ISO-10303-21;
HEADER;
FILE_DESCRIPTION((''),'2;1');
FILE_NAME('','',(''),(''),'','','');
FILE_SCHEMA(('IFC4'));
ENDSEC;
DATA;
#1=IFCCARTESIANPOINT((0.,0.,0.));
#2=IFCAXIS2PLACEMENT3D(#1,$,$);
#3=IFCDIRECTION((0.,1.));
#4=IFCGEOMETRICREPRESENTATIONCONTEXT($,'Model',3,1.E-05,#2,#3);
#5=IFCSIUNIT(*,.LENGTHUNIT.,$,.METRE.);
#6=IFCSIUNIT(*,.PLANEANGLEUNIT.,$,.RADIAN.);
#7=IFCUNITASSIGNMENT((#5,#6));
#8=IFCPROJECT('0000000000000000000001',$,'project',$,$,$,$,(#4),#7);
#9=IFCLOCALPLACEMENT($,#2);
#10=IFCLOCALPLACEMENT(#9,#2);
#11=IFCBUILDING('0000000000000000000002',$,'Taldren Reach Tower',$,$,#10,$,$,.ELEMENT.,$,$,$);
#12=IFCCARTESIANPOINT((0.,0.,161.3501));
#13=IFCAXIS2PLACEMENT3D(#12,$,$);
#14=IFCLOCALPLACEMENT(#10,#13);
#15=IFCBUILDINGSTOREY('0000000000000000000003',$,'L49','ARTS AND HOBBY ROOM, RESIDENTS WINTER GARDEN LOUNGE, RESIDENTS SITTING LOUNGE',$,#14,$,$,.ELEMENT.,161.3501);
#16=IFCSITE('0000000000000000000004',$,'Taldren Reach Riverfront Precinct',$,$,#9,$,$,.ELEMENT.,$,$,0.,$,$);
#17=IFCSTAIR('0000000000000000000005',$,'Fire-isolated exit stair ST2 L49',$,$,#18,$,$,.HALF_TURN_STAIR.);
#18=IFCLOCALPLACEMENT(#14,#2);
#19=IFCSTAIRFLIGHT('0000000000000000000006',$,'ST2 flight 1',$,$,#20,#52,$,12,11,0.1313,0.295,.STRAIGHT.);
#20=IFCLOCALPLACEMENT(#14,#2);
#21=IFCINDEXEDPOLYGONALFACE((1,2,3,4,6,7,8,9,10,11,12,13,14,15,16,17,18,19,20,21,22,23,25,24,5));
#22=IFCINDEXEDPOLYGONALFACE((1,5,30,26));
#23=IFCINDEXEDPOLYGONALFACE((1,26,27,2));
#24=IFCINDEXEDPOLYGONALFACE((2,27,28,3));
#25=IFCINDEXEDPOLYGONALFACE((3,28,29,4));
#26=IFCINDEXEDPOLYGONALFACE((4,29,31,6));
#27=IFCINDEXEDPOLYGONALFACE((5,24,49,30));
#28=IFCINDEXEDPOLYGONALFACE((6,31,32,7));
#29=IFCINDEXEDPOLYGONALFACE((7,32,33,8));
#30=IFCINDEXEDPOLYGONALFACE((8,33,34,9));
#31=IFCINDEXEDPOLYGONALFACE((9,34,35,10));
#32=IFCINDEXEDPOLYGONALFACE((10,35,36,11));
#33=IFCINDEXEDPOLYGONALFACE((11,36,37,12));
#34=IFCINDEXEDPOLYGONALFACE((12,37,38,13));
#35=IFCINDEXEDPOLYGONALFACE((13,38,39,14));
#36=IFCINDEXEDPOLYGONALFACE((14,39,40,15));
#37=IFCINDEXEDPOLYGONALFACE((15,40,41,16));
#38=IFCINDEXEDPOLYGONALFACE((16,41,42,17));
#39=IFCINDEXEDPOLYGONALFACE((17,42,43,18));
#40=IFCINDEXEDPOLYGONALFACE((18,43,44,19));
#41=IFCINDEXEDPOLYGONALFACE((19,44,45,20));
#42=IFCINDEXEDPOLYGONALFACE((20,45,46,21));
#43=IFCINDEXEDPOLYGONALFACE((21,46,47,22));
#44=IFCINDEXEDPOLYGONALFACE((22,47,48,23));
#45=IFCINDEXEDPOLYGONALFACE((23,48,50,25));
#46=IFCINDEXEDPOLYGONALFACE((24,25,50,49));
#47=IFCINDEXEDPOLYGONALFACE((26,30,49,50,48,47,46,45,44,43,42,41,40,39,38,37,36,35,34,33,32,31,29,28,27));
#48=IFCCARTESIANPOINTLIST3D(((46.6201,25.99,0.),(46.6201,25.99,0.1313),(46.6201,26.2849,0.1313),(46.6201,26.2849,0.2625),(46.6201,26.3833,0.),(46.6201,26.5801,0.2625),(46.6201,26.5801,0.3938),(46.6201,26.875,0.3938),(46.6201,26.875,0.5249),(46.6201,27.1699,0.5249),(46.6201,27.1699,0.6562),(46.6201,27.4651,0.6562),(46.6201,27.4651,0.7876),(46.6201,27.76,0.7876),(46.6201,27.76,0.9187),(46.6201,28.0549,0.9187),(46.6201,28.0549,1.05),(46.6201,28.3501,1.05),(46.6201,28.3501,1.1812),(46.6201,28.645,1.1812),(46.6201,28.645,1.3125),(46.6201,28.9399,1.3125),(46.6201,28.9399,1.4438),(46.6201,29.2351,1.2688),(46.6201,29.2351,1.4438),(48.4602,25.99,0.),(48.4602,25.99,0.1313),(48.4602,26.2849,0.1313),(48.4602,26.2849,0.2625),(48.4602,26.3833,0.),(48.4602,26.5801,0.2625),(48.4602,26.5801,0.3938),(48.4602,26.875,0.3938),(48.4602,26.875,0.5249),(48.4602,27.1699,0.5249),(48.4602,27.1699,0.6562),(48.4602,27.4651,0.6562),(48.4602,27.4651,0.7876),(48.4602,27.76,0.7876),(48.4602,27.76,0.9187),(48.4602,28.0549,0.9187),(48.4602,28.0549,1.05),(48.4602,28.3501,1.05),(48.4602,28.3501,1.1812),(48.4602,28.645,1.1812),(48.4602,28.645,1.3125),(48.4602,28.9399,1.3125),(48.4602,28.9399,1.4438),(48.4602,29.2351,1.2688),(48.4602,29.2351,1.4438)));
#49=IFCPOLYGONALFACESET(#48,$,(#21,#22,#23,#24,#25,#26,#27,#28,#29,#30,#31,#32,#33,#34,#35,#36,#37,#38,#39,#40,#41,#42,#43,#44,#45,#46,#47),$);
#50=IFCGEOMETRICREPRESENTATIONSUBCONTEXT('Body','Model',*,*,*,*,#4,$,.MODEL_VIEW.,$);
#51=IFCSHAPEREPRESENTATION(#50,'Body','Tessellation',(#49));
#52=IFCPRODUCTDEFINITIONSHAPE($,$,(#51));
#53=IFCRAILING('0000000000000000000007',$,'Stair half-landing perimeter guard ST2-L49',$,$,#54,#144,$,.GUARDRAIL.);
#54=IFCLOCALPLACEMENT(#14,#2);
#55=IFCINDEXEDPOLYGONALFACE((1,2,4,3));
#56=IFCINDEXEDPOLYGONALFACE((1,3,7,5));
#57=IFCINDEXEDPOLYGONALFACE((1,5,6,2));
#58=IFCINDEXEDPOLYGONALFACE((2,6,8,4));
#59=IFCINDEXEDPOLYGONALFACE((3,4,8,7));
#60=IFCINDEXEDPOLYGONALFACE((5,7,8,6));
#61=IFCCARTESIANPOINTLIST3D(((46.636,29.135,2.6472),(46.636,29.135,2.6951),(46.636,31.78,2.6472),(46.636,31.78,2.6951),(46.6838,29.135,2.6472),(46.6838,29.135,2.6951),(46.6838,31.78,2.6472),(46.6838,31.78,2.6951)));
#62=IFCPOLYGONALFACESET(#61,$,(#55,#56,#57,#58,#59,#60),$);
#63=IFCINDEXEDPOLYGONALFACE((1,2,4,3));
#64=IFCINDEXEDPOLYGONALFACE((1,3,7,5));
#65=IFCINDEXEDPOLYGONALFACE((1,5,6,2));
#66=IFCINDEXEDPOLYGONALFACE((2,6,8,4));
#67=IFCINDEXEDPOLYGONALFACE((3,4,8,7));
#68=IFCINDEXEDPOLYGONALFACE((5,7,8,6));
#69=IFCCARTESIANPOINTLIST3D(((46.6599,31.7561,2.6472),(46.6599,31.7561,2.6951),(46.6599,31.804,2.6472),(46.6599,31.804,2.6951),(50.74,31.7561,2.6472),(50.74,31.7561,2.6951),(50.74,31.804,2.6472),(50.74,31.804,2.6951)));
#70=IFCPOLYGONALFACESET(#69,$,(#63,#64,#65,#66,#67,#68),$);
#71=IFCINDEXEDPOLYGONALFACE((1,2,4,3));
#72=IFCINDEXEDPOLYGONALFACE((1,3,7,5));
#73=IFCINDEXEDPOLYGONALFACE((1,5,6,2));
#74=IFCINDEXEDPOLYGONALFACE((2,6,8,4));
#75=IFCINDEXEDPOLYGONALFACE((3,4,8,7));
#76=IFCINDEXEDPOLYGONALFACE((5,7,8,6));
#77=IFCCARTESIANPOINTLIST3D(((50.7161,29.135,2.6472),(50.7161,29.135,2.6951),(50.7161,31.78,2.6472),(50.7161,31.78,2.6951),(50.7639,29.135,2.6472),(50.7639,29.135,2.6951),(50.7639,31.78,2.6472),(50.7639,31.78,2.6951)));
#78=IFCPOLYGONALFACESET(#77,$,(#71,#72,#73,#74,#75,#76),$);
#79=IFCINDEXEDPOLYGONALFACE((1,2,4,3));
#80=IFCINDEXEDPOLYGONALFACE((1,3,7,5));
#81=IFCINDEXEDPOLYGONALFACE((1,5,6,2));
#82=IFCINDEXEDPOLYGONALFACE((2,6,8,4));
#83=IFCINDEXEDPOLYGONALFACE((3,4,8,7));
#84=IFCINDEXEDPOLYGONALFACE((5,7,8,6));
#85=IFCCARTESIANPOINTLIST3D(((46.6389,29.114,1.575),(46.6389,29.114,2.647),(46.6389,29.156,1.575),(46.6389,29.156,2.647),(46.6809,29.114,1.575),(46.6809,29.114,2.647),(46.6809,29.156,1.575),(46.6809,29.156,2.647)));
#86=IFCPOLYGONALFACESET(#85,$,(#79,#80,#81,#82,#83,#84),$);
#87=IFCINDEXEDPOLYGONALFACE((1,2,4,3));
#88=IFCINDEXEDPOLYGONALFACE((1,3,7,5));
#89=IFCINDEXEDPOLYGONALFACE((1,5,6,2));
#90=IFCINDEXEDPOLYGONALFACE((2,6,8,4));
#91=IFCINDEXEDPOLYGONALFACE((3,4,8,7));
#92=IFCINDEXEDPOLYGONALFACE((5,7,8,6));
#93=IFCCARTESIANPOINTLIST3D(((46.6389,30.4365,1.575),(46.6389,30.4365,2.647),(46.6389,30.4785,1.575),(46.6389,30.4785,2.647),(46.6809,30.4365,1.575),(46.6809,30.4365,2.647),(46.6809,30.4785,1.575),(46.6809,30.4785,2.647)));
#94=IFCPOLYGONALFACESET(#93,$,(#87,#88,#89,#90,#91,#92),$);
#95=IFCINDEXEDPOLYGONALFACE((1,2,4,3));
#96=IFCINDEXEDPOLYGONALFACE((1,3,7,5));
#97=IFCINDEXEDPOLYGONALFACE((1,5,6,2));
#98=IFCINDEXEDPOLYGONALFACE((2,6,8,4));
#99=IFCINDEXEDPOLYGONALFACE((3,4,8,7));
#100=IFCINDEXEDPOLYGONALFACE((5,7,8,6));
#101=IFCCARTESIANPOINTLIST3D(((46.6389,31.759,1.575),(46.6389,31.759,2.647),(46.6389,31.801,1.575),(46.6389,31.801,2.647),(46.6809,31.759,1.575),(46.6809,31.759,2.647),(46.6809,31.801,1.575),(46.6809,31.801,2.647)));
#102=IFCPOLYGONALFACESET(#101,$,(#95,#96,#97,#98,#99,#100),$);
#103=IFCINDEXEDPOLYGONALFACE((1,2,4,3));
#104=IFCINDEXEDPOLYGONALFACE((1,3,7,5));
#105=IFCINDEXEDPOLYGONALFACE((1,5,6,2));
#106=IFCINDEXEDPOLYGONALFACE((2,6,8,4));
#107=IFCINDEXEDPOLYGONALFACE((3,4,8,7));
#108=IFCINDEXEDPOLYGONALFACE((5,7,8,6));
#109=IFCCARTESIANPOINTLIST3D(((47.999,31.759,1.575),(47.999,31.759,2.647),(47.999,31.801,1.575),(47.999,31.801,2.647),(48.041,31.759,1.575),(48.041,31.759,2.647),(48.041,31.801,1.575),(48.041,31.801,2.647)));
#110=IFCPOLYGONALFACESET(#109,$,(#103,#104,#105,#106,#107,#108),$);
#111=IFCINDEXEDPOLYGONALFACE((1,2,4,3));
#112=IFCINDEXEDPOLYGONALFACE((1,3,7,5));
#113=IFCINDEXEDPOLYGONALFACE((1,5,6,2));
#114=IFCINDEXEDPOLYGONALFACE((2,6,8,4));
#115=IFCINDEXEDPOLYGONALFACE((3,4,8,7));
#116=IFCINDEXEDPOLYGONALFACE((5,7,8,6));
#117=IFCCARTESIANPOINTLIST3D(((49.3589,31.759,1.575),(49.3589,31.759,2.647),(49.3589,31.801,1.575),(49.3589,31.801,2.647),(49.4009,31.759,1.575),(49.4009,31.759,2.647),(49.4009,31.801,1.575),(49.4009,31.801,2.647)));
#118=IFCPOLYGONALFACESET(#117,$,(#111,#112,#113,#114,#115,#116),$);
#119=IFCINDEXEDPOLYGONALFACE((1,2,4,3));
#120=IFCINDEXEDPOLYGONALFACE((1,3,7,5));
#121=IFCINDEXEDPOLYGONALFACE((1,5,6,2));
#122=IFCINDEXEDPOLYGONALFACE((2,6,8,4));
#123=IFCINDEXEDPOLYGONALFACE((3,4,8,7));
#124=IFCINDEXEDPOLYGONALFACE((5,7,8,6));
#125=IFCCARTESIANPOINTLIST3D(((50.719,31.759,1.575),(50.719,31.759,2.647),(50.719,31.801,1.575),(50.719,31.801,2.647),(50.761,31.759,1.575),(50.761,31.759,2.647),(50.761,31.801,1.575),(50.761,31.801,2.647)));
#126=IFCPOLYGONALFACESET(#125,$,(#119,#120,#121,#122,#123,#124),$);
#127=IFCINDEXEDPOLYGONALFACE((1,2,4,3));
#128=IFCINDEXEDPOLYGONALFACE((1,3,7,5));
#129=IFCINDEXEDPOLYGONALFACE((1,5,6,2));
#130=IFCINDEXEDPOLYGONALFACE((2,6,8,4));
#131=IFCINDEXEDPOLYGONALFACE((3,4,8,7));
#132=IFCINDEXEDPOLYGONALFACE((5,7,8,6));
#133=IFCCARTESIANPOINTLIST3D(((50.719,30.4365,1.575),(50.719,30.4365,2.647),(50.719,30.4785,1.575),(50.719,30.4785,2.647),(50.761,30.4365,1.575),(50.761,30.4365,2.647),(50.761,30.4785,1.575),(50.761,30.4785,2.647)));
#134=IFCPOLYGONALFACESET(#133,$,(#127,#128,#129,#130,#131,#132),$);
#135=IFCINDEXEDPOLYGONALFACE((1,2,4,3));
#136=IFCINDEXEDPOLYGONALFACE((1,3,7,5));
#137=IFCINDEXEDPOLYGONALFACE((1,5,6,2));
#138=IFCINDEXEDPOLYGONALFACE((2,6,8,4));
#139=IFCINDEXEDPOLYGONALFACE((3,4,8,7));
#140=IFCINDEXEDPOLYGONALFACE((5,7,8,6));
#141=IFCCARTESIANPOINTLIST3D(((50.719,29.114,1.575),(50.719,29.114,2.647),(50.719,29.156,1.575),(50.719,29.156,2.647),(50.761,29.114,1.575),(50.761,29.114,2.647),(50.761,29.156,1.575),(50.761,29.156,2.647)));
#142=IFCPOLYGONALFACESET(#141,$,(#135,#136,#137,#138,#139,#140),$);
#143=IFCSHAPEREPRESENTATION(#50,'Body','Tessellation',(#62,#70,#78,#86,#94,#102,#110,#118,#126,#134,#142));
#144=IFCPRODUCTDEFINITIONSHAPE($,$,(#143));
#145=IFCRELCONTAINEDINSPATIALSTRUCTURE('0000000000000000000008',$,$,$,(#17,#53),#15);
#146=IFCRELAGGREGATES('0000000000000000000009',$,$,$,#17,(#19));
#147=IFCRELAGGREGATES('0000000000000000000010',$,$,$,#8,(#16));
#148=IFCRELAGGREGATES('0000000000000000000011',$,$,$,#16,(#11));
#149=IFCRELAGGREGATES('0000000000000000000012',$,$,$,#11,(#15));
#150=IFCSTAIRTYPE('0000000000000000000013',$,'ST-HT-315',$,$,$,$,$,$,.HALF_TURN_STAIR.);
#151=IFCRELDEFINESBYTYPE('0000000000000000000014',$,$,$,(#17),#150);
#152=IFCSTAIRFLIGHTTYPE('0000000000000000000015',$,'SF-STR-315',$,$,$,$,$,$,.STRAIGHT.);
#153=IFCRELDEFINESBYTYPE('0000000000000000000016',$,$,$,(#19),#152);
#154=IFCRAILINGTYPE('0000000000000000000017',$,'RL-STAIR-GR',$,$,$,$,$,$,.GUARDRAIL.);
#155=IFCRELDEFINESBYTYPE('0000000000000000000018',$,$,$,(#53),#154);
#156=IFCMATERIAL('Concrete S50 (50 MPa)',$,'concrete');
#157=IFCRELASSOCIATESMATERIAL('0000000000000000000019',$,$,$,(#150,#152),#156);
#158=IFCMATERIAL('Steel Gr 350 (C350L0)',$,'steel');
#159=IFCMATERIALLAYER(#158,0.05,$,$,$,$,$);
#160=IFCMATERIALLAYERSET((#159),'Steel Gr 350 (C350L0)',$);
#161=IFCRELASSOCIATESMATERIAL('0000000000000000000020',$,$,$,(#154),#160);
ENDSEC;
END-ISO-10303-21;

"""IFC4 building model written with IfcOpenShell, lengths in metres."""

from ifc_helpers import new_model, si_unit, direction, frame, origin, origin_2d, place, context, subcontext, project, spatial, polyline, rectangle, outline, extrude, material, layer, layer_set, type_object, element, aggregate, save


model = new_model("IFC4")

# Units and contexts
model_context = context("Model", 3, precision=1e-05, world=origin(), true_north=direction((0.0, 1.0)))
body_context = subcontext(model_context, "Body", "Model", "MODEL_VIEW")
ifc_project = project(units=[si_unit("LENGTHUNIT", "METRE"), si_unit("PLANEANGLEUNIT", "RADIAN")], contexts=[model_context])

# Site, building, storey
site_placement = place(None, origin())
site = spatial("IfcSite", under=ifc_project, at=site_placement, Name="Taldren Reach Riverfront Precinct", CompositionType="ELEMENT", RefElevation=0.0)
building_placement = place(site_placement, origin())
building = spatial("IfcBuilding", under=site, at=building_placement, Name="Taldren Reach Tower", CompositionType="ELEMENT")
storey_placement = place(building_placement, frame((0.0, 0.0, 161.3501)))
storey = spatial("IfcBuildingStorey", under=building, at=storey_placement, Name="L49", Description="ARTS AND HOBBY ROOM, RESIDENTS WINTER GARDEN LOUNGE, RESIDENTS SITTING LOUNGE", CompositionType="ELEMENT", Elevation=161.3501)

# Shared definitions
ifc_material_1 = material(Name="Steel Gr 350 (C350L0)", Category="steel")

# Shared definitions
ifc_material_2 = material(Name="Concrete S50 (50 MPa)", Category="concrete")

# Stair, stair flight
stair_type = type_object("IfcStairType", Name="ST-HT-315", PredefinedType="HALF_TURN_STAIR", material=ifc_material_2)
stair_placement = place(storey_placement, origin())
stair = element("IfcStair", 1, at=stair_placement, inside=storey, type_object=stair_type, Name="Fire-isolated exit stair ST2 L49", PredefinedType="HALF_TURN_STAIR")
stair_flight_type = type_object("IfcStairFlightType", Name="SF-STR-315", PredefinedType="STRAIGHT", material=ifc_material_2)
stair_flight_placement = place(storey_placement, frame((47.54, 25.99, 0.0), z_axis=(0.0, 0.0, 1.0), x_axis=(0.0, 1.0, 0.0)))
stair_flight = element("IfcStairFlight", 2, at=stair_flight_placement, type_object=stair_flight_type, Name="ST2 flight 1", NumberOfRisers=12, NumberOfTreads=11, PredefinedType="STRAIGHT", RiserHeight=0.1313, TreadLength=0.295, context=body_context, shape_type="SweptSolid", body=[
    extrude(outline(polyline([(0.0, 0.0), (0.0, 0.1313), (0.2949, 0.1313), (0.2949, 0.2625), (0.5901, 0.2625), (0.5901, 0.3938), (0.885, 0.3938), (0.885, 0.5249), (1.1799, 0.5249), (1.1799, 0.6562), (1.4751, 0.6562), (1.4751, 0.7876), (1.77, 0.7876), (1.77, 0.9187), (2.0649, 0.9187), (2.0649, 1.05), (2.3601, 1.05), (2.3601, 1.1812), (2.655, 1.1812), (2.655, 1.3125), (2.95, 1.3125), (2.95, 1.4438), (3.2451, 1.4438), (3.2451, 1.575), (3.2451, 1.2688), (0.3933, 0.0), (0.0, 0.0)])), frame((0.0, 0.9199, 0.0), z_axis=(0.0, -1.0, 0.0), x_axis=(1.0, 0.0, 0.0)), (0.0, 0.0, 1.0), 1.8401),
])
aggregate(stair, [stair_flight])

# Railing
ifc_layer_1 = layer(ifc_material_1, 0.05)
ifc_layer_set_1 = layer_set([ifc_layer_1], Name="Steel Gr 350 (C350L0)")
railing_type_1 = type_object("IfcRailingType", Name="RL-STAIR-GR", PredefinedType="GUARDRAIL", material=ifc_layer_set_1)
railing_1_placement = place(storey_placement, frame((46.6599, 29.135, 1.575)))
element("IfcRailing", 3, at=railing_1_placement, inside=storey, type_object=railing_type_1, Name="Stair half-landing perimeter guard ST2-L49", PredefinedType="GUARDRAIL", context=body_context, shape_type="SweptSolid", body=[
    extrude(rectangle(XDim=0.0479, YDim=0.0479, at=origin_2d()), frame((0.0, 0.0, 1.0962), z_axis=(0.0, 1.0, 0.0), x_axis=(-1.0, 0.0, 0.0)), (0.0, 0.0, 1.0), 2.645),
    extrude(rectangle(XDim=0.0479, YDim=0.0479, at=origin_2d()), frame((0.0, 2.645, 1.0962), z_axis=(1.0, 0.0, 0.0), x_axis=(0.0, 1.0, 0.0)), (0.0, 0.0, 1.0), 4.0801),
    extrude(rectangle(XDim=0.0479, YDim=0.0479, at=origin_2d()), frame((4.0801, 2.645, 1.0962), z_axis=(0.0, -1.0, 0.0), x_axis=(1.0, 0.0, 0.0)), (0.0, 0.0, 1.0), 2.645),
    extrude(rectangle(XDim=0.042, YDim=0.042, at=origin_2d()), origin(), (0.0, 0.0, 1.0), 1.072),
    extrude(rectangle(XDim=0.042, YDim=0.042, at=origin_2d()), frame((0.0, 1.3225, 0.0)), (0.0, 0.0, 1.0), 1.072),
    extrude(rectangle(XDim=0.042, YDim=0.042, at=origin_2d()), frame((0.0, 2.645, 0.0)), (0.0, 0.0, 1.0), 1.072),
    extrude(rectangle(XDim=0.042, YDim=0.042, at=origin_2d()), frame((1.3601, 2.645, 0.0)), (0.0, 0.0, 1.0), 1.072),
    extrude(rectangle(XDim=0.042, YDim=0.042, at=origin_2d()), frame((2.72, 2.645, 0.0)), (0.0, 0.0, 1.0), 1.072),
    extrude(rectangle(XDim=0.042, YDim=0.042, at=origin_2d()), frame((4.0801, 2.645, 0.0)), (0.0, 0.0, 1.0), 1.072),
    extrude(rectangle(XDim=0.042, YDim=0.042, at=origin_2d()), frame((4.0801, 1.3225, 0.0)), (0.0, 0.0, 1.0), 1.072),
    extrude(rectangle(XDim=0.042, YDim=0.042, at=origin_2d()), frame((4.0801, 0.0, 0.0)), (0.0, 0.0, 1.0), 1.072),
])

save(model, "model.ifc")
